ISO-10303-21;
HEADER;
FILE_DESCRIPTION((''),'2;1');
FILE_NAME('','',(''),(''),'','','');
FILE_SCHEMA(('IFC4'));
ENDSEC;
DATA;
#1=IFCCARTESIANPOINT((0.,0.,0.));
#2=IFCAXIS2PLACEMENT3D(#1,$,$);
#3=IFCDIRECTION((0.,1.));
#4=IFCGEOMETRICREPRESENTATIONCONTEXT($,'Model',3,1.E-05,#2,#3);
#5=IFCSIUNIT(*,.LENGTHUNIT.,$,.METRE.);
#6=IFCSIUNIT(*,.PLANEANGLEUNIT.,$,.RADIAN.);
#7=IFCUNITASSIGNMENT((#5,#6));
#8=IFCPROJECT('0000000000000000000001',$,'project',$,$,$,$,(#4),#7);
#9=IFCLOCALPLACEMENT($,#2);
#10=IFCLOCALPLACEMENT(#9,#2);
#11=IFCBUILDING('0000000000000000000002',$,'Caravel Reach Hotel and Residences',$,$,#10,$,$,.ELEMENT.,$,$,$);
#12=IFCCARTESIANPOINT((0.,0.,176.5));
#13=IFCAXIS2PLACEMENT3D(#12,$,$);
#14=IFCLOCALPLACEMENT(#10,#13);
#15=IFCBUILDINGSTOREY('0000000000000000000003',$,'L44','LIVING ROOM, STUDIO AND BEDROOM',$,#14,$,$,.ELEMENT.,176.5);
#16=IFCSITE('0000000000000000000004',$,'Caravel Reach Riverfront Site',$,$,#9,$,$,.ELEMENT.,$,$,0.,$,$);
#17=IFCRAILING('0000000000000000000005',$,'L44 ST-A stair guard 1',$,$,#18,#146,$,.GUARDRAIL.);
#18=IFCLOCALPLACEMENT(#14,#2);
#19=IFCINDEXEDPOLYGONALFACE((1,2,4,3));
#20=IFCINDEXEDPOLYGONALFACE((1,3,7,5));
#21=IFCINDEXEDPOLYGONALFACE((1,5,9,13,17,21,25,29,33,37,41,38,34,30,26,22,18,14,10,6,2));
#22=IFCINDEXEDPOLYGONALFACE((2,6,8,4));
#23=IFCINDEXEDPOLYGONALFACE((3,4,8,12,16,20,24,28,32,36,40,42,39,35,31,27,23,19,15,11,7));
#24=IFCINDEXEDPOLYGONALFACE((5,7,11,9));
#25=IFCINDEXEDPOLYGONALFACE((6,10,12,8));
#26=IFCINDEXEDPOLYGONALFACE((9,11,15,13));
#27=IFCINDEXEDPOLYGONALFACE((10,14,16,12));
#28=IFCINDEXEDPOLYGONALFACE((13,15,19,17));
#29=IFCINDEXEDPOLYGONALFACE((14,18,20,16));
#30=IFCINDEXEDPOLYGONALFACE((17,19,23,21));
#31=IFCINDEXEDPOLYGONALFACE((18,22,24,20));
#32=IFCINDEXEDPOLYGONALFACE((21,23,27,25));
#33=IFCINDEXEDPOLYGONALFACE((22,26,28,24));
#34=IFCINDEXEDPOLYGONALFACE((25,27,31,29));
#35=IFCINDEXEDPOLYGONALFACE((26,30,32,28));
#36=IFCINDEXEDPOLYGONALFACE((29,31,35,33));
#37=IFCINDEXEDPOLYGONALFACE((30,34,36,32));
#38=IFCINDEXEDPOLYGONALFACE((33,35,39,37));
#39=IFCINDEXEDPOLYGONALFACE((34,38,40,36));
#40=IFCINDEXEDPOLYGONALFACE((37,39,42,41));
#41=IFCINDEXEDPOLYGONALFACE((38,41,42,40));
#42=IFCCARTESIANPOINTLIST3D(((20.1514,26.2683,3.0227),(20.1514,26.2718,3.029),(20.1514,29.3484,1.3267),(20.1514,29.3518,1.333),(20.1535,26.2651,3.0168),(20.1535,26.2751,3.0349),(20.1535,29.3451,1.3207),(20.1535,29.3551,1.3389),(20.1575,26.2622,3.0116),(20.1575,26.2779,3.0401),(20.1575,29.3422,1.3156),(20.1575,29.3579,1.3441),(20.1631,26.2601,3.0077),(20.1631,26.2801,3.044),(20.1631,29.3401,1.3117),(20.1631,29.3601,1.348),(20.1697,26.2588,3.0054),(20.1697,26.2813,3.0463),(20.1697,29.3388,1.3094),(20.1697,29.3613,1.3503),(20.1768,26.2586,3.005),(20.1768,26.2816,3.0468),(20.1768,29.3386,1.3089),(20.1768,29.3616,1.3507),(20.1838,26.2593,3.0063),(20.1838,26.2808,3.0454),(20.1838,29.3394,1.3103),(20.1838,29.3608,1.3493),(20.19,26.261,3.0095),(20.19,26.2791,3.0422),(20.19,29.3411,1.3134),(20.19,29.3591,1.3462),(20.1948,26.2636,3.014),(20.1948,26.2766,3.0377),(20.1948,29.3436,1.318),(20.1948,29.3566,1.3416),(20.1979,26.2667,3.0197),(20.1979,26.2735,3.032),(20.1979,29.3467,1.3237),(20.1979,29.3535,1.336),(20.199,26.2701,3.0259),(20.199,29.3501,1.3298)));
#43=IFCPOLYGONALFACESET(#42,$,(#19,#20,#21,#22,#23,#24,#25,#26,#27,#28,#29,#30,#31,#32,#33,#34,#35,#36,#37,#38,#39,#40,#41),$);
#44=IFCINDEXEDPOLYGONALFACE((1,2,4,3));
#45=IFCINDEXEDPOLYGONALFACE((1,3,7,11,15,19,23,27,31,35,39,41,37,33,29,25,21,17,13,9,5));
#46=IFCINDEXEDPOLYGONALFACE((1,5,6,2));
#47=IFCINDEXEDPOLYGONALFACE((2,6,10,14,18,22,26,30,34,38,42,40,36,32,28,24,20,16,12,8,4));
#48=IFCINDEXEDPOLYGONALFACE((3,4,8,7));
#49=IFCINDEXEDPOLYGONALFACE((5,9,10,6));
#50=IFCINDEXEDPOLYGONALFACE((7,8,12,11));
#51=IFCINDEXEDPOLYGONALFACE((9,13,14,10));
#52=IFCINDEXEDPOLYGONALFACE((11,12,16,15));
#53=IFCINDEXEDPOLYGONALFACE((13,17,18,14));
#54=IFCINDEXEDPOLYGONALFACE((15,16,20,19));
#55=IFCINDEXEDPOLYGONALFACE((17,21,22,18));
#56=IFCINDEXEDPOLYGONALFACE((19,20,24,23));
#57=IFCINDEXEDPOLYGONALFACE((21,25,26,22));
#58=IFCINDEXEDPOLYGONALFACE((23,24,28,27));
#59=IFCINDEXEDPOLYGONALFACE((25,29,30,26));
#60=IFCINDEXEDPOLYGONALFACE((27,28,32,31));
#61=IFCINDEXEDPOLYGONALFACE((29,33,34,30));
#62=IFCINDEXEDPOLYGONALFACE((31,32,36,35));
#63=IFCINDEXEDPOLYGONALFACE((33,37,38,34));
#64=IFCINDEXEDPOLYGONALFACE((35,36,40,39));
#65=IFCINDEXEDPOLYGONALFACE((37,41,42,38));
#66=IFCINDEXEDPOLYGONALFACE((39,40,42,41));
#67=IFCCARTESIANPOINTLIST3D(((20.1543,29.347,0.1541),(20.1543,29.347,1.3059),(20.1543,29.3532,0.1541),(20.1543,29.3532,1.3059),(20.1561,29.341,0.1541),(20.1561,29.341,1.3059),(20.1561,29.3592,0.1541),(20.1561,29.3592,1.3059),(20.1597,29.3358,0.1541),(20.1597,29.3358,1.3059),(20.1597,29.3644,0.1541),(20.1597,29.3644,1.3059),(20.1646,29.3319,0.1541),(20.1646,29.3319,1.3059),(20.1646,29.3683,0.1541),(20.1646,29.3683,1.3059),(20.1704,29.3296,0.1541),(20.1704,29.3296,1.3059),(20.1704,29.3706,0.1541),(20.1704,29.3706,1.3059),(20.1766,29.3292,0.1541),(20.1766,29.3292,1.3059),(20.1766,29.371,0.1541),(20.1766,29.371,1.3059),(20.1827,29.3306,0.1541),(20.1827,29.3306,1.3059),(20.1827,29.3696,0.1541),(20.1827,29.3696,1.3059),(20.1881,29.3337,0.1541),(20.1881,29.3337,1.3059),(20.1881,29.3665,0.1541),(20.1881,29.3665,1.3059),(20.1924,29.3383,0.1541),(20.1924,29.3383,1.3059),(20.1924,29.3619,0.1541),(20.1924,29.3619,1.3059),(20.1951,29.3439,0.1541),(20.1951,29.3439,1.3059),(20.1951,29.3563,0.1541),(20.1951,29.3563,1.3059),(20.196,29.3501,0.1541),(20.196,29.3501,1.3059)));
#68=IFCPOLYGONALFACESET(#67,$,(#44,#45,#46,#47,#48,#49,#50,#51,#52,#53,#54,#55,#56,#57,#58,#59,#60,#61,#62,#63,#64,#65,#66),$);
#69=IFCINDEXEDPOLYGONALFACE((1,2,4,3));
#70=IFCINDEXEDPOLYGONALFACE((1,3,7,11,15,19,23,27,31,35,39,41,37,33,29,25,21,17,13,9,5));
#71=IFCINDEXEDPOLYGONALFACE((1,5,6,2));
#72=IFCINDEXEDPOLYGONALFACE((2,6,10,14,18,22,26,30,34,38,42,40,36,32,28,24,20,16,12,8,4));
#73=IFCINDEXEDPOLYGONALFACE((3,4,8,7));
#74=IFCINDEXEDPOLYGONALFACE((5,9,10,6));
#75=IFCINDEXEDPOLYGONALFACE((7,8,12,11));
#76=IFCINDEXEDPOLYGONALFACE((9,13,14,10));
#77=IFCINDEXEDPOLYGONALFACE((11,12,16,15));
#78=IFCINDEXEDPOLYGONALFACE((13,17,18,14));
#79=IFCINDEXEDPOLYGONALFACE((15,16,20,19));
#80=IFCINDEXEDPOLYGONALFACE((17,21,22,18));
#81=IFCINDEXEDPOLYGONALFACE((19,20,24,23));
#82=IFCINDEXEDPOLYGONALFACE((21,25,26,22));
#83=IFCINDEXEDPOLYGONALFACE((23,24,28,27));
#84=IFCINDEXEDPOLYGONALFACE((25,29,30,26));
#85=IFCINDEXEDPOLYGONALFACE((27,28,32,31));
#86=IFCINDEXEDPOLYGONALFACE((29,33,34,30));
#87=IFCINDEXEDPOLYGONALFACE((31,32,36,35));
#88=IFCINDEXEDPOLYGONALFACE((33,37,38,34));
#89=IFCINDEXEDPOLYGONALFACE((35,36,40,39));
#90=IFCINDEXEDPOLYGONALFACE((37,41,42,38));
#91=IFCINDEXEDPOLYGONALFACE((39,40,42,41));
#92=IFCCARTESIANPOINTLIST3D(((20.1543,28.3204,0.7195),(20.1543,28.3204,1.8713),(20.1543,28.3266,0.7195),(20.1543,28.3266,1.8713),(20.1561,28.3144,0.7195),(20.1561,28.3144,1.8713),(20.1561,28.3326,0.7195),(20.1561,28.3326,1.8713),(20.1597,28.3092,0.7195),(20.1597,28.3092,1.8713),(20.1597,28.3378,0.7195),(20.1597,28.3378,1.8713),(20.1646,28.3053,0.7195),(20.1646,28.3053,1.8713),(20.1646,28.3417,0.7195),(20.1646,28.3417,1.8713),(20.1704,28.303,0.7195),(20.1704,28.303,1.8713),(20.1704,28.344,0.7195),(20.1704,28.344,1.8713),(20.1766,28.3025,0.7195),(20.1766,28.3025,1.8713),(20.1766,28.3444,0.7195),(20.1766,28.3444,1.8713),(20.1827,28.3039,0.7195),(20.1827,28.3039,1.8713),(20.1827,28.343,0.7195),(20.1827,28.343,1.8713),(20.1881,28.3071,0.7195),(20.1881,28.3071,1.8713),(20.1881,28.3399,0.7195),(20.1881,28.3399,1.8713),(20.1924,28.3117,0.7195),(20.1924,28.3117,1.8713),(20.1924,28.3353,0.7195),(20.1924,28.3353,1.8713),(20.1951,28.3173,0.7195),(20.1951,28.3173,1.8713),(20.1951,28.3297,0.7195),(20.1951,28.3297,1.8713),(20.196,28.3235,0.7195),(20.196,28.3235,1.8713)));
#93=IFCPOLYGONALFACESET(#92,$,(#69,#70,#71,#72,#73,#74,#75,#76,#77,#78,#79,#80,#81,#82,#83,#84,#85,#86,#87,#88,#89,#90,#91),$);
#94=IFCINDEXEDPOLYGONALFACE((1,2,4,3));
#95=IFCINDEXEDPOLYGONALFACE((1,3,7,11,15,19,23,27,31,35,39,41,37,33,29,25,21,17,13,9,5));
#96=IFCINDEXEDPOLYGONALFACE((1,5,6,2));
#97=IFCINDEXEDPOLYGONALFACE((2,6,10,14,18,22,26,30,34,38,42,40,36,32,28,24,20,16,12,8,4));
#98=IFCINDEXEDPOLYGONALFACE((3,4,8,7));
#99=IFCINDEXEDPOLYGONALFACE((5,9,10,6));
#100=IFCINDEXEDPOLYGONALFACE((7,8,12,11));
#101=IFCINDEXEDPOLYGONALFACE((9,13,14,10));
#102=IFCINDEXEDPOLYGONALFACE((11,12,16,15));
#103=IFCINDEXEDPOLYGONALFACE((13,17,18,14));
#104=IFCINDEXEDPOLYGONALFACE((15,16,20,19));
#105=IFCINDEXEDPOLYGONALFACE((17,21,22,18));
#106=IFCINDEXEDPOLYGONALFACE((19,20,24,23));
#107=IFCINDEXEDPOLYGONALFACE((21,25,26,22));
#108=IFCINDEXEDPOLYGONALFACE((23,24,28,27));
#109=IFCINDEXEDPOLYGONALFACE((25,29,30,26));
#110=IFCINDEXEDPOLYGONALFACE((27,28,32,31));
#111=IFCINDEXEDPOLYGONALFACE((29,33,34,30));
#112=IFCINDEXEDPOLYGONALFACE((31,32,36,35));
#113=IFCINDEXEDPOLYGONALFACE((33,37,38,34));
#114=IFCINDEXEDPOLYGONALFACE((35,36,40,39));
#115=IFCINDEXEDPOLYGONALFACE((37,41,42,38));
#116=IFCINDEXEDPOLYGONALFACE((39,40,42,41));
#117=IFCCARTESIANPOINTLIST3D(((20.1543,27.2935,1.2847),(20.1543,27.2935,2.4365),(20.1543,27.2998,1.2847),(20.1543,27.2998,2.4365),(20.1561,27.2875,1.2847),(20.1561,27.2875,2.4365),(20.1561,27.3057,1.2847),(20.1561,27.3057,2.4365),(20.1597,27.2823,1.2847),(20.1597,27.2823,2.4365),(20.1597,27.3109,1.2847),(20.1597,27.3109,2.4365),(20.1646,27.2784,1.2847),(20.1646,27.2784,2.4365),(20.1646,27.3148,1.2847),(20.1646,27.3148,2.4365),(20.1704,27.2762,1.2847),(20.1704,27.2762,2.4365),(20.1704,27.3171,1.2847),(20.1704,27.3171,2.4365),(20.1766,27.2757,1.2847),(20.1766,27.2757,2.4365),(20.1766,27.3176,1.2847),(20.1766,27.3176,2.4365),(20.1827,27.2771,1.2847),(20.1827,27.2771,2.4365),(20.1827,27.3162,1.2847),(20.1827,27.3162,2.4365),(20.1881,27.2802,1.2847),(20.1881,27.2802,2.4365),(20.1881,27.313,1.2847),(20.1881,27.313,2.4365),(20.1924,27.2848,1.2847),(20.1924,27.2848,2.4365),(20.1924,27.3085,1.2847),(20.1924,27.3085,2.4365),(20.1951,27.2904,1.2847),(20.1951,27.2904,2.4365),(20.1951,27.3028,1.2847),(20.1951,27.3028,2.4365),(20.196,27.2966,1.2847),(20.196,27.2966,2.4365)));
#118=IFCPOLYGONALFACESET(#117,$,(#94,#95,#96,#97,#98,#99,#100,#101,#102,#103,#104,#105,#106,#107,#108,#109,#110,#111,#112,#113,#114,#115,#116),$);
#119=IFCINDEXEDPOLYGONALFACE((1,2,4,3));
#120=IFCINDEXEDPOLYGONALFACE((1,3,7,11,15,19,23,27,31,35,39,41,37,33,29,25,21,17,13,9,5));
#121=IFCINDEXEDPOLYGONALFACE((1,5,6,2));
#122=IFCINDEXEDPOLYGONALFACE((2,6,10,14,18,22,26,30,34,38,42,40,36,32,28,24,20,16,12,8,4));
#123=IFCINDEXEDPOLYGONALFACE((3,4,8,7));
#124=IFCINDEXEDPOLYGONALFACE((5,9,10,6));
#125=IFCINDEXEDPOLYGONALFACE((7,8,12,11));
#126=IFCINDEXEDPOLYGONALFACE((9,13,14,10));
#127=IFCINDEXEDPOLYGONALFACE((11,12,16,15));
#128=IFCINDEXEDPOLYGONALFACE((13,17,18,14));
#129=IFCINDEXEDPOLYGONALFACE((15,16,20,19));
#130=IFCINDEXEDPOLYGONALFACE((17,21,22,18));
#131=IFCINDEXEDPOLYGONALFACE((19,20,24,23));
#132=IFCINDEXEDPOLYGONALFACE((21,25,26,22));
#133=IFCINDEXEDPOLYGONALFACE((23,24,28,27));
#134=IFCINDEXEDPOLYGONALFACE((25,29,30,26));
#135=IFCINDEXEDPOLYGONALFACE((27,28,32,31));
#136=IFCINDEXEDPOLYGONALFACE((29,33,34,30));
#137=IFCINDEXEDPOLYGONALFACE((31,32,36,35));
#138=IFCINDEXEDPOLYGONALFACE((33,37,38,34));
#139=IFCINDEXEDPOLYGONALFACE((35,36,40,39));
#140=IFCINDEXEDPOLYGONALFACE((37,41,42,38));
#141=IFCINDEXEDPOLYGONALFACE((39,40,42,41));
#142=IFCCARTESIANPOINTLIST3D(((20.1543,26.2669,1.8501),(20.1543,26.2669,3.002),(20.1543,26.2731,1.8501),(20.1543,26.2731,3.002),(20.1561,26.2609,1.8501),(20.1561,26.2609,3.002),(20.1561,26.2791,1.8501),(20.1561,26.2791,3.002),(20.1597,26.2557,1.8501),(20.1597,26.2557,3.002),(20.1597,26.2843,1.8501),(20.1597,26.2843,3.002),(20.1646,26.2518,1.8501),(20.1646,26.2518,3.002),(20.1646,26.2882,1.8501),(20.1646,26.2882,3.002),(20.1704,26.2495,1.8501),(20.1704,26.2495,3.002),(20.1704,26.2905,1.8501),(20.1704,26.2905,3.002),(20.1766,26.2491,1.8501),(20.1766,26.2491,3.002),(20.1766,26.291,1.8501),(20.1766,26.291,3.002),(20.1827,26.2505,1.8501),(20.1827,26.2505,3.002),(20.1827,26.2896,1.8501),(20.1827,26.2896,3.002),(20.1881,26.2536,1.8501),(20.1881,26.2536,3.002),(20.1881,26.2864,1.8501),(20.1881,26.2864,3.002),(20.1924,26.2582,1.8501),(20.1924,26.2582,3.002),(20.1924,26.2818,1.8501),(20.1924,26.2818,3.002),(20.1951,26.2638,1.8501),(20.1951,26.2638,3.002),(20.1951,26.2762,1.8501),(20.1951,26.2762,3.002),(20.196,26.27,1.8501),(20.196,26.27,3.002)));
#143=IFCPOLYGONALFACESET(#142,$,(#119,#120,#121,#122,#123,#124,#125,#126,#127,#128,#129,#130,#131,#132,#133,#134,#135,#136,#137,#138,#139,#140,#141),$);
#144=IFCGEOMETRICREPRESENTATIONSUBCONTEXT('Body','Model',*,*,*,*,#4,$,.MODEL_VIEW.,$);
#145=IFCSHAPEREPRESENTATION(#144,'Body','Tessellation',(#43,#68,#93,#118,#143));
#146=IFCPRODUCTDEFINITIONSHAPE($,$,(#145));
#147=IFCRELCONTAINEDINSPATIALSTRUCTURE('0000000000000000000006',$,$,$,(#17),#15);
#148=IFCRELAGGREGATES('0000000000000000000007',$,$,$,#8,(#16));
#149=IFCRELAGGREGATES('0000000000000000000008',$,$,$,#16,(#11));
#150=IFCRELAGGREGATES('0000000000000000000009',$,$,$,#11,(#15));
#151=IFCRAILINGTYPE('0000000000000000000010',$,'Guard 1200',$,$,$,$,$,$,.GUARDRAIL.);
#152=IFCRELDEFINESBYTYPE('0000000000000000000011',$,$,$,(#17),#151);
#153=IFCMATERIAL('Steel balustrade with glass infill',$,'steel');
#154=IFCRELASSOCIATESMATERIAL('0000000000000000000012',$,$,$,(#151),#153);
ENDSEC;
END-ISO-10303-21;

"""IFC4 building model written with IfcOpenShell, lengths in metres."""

from ifc_helpers import new_model, si_unit, direction, frame, origin, origin_2d, place, context, subcontext, project, spatial, circle, extrude, material, type_object, element, save


model = new_model("IFC4")

# Units and contexts
model_context = context("Model", 3, precision=1e-05, world=origin(), true_north=direction((0.0, 1.0)))
body_context = subcontext(model_context, "Body", "Model", "MODEL_VIEW")
ifc_project = project(units=[si_unit("LENGTHUNIT", "METRE"), si_unit("PLANEANGLEUNIT", "RADIAN")], contexts=[model_context])

# Site, building, storey
site_placement = place(None, origin())
site = spatial("IfcSite", under=ifc_project, at=site_placement, Name="Caravel Reach Riverfront Site", CompositionType="ELEMENT", RefElevation=0.0)
building_placement = place(site_placement, origin())
building = spatial("IfcBuilding", under=site, at=building_placement, Name="Caravel Reach Hotel and Residences", CompositionType="ELEMENT")
storey_placement = place(building_placement, frame((0.0, 0.0, 176.5)))
storey = spatial("IfcBuildingStorey", under=building, at=storey_placement, Name="L44", Description="LIVING ROOM, STUDIO AND BEDROOM", CompositionType="ELEMENT", Elevation=176.5)

# Railing
ifc_material_1 = material(Name="Steel balustrade with glass infill", Category="steel")
railing_type_1 = type_object("IfcRailingType", Name="Guard 1200", PredefinedType="GUARDRAIL", material=ifc_material_1)
railing_1_placement = place(storey_placement, frame((20.175, 29.3501, 0.1541)))
element("IfcRailing", 1, at=railing_1_placement, inside=storey, type_object=railing_type_1, Name="L44 ST-A stair guard 1", PredefinedType="GUARDRAIL", context=body_context, shape_type="SweptSolid", body=[
    extrude(circle(Radius=0.0239, at=origin_2d()), frame((0.0, 0.0, 1.1758), z_axis=(0.0, -0.875975, 0.482356), x_axis=(1.0, 0.0, 0.0)), (0.0, 0.0, 1.0), 3.5161),
    extrude(circle(Radius=0.021, at=origin_2d()), origin(), (0.0, 0.0, 1.0), 1.1519),
    extrude(circle(Radius=0.021, at=origin_2d()), frame((0.0, -1.0266, 0.5654)), (0.0, 0.0, 1.0), 1.1519),
    extrude(circle(Radius=0.021, at=origin_2d()), frame((0.0, -2.0535, 1.1306)), (0.0, 0.0, 1.0), 1.1519),
    extrude(circle(Radius=0.021, at=origin_2d()), frame((0.0, -3.0801, 1.696)), (0.0, 0.0, 1.0), 1.1519),
])

save(model, "model.ifc")
